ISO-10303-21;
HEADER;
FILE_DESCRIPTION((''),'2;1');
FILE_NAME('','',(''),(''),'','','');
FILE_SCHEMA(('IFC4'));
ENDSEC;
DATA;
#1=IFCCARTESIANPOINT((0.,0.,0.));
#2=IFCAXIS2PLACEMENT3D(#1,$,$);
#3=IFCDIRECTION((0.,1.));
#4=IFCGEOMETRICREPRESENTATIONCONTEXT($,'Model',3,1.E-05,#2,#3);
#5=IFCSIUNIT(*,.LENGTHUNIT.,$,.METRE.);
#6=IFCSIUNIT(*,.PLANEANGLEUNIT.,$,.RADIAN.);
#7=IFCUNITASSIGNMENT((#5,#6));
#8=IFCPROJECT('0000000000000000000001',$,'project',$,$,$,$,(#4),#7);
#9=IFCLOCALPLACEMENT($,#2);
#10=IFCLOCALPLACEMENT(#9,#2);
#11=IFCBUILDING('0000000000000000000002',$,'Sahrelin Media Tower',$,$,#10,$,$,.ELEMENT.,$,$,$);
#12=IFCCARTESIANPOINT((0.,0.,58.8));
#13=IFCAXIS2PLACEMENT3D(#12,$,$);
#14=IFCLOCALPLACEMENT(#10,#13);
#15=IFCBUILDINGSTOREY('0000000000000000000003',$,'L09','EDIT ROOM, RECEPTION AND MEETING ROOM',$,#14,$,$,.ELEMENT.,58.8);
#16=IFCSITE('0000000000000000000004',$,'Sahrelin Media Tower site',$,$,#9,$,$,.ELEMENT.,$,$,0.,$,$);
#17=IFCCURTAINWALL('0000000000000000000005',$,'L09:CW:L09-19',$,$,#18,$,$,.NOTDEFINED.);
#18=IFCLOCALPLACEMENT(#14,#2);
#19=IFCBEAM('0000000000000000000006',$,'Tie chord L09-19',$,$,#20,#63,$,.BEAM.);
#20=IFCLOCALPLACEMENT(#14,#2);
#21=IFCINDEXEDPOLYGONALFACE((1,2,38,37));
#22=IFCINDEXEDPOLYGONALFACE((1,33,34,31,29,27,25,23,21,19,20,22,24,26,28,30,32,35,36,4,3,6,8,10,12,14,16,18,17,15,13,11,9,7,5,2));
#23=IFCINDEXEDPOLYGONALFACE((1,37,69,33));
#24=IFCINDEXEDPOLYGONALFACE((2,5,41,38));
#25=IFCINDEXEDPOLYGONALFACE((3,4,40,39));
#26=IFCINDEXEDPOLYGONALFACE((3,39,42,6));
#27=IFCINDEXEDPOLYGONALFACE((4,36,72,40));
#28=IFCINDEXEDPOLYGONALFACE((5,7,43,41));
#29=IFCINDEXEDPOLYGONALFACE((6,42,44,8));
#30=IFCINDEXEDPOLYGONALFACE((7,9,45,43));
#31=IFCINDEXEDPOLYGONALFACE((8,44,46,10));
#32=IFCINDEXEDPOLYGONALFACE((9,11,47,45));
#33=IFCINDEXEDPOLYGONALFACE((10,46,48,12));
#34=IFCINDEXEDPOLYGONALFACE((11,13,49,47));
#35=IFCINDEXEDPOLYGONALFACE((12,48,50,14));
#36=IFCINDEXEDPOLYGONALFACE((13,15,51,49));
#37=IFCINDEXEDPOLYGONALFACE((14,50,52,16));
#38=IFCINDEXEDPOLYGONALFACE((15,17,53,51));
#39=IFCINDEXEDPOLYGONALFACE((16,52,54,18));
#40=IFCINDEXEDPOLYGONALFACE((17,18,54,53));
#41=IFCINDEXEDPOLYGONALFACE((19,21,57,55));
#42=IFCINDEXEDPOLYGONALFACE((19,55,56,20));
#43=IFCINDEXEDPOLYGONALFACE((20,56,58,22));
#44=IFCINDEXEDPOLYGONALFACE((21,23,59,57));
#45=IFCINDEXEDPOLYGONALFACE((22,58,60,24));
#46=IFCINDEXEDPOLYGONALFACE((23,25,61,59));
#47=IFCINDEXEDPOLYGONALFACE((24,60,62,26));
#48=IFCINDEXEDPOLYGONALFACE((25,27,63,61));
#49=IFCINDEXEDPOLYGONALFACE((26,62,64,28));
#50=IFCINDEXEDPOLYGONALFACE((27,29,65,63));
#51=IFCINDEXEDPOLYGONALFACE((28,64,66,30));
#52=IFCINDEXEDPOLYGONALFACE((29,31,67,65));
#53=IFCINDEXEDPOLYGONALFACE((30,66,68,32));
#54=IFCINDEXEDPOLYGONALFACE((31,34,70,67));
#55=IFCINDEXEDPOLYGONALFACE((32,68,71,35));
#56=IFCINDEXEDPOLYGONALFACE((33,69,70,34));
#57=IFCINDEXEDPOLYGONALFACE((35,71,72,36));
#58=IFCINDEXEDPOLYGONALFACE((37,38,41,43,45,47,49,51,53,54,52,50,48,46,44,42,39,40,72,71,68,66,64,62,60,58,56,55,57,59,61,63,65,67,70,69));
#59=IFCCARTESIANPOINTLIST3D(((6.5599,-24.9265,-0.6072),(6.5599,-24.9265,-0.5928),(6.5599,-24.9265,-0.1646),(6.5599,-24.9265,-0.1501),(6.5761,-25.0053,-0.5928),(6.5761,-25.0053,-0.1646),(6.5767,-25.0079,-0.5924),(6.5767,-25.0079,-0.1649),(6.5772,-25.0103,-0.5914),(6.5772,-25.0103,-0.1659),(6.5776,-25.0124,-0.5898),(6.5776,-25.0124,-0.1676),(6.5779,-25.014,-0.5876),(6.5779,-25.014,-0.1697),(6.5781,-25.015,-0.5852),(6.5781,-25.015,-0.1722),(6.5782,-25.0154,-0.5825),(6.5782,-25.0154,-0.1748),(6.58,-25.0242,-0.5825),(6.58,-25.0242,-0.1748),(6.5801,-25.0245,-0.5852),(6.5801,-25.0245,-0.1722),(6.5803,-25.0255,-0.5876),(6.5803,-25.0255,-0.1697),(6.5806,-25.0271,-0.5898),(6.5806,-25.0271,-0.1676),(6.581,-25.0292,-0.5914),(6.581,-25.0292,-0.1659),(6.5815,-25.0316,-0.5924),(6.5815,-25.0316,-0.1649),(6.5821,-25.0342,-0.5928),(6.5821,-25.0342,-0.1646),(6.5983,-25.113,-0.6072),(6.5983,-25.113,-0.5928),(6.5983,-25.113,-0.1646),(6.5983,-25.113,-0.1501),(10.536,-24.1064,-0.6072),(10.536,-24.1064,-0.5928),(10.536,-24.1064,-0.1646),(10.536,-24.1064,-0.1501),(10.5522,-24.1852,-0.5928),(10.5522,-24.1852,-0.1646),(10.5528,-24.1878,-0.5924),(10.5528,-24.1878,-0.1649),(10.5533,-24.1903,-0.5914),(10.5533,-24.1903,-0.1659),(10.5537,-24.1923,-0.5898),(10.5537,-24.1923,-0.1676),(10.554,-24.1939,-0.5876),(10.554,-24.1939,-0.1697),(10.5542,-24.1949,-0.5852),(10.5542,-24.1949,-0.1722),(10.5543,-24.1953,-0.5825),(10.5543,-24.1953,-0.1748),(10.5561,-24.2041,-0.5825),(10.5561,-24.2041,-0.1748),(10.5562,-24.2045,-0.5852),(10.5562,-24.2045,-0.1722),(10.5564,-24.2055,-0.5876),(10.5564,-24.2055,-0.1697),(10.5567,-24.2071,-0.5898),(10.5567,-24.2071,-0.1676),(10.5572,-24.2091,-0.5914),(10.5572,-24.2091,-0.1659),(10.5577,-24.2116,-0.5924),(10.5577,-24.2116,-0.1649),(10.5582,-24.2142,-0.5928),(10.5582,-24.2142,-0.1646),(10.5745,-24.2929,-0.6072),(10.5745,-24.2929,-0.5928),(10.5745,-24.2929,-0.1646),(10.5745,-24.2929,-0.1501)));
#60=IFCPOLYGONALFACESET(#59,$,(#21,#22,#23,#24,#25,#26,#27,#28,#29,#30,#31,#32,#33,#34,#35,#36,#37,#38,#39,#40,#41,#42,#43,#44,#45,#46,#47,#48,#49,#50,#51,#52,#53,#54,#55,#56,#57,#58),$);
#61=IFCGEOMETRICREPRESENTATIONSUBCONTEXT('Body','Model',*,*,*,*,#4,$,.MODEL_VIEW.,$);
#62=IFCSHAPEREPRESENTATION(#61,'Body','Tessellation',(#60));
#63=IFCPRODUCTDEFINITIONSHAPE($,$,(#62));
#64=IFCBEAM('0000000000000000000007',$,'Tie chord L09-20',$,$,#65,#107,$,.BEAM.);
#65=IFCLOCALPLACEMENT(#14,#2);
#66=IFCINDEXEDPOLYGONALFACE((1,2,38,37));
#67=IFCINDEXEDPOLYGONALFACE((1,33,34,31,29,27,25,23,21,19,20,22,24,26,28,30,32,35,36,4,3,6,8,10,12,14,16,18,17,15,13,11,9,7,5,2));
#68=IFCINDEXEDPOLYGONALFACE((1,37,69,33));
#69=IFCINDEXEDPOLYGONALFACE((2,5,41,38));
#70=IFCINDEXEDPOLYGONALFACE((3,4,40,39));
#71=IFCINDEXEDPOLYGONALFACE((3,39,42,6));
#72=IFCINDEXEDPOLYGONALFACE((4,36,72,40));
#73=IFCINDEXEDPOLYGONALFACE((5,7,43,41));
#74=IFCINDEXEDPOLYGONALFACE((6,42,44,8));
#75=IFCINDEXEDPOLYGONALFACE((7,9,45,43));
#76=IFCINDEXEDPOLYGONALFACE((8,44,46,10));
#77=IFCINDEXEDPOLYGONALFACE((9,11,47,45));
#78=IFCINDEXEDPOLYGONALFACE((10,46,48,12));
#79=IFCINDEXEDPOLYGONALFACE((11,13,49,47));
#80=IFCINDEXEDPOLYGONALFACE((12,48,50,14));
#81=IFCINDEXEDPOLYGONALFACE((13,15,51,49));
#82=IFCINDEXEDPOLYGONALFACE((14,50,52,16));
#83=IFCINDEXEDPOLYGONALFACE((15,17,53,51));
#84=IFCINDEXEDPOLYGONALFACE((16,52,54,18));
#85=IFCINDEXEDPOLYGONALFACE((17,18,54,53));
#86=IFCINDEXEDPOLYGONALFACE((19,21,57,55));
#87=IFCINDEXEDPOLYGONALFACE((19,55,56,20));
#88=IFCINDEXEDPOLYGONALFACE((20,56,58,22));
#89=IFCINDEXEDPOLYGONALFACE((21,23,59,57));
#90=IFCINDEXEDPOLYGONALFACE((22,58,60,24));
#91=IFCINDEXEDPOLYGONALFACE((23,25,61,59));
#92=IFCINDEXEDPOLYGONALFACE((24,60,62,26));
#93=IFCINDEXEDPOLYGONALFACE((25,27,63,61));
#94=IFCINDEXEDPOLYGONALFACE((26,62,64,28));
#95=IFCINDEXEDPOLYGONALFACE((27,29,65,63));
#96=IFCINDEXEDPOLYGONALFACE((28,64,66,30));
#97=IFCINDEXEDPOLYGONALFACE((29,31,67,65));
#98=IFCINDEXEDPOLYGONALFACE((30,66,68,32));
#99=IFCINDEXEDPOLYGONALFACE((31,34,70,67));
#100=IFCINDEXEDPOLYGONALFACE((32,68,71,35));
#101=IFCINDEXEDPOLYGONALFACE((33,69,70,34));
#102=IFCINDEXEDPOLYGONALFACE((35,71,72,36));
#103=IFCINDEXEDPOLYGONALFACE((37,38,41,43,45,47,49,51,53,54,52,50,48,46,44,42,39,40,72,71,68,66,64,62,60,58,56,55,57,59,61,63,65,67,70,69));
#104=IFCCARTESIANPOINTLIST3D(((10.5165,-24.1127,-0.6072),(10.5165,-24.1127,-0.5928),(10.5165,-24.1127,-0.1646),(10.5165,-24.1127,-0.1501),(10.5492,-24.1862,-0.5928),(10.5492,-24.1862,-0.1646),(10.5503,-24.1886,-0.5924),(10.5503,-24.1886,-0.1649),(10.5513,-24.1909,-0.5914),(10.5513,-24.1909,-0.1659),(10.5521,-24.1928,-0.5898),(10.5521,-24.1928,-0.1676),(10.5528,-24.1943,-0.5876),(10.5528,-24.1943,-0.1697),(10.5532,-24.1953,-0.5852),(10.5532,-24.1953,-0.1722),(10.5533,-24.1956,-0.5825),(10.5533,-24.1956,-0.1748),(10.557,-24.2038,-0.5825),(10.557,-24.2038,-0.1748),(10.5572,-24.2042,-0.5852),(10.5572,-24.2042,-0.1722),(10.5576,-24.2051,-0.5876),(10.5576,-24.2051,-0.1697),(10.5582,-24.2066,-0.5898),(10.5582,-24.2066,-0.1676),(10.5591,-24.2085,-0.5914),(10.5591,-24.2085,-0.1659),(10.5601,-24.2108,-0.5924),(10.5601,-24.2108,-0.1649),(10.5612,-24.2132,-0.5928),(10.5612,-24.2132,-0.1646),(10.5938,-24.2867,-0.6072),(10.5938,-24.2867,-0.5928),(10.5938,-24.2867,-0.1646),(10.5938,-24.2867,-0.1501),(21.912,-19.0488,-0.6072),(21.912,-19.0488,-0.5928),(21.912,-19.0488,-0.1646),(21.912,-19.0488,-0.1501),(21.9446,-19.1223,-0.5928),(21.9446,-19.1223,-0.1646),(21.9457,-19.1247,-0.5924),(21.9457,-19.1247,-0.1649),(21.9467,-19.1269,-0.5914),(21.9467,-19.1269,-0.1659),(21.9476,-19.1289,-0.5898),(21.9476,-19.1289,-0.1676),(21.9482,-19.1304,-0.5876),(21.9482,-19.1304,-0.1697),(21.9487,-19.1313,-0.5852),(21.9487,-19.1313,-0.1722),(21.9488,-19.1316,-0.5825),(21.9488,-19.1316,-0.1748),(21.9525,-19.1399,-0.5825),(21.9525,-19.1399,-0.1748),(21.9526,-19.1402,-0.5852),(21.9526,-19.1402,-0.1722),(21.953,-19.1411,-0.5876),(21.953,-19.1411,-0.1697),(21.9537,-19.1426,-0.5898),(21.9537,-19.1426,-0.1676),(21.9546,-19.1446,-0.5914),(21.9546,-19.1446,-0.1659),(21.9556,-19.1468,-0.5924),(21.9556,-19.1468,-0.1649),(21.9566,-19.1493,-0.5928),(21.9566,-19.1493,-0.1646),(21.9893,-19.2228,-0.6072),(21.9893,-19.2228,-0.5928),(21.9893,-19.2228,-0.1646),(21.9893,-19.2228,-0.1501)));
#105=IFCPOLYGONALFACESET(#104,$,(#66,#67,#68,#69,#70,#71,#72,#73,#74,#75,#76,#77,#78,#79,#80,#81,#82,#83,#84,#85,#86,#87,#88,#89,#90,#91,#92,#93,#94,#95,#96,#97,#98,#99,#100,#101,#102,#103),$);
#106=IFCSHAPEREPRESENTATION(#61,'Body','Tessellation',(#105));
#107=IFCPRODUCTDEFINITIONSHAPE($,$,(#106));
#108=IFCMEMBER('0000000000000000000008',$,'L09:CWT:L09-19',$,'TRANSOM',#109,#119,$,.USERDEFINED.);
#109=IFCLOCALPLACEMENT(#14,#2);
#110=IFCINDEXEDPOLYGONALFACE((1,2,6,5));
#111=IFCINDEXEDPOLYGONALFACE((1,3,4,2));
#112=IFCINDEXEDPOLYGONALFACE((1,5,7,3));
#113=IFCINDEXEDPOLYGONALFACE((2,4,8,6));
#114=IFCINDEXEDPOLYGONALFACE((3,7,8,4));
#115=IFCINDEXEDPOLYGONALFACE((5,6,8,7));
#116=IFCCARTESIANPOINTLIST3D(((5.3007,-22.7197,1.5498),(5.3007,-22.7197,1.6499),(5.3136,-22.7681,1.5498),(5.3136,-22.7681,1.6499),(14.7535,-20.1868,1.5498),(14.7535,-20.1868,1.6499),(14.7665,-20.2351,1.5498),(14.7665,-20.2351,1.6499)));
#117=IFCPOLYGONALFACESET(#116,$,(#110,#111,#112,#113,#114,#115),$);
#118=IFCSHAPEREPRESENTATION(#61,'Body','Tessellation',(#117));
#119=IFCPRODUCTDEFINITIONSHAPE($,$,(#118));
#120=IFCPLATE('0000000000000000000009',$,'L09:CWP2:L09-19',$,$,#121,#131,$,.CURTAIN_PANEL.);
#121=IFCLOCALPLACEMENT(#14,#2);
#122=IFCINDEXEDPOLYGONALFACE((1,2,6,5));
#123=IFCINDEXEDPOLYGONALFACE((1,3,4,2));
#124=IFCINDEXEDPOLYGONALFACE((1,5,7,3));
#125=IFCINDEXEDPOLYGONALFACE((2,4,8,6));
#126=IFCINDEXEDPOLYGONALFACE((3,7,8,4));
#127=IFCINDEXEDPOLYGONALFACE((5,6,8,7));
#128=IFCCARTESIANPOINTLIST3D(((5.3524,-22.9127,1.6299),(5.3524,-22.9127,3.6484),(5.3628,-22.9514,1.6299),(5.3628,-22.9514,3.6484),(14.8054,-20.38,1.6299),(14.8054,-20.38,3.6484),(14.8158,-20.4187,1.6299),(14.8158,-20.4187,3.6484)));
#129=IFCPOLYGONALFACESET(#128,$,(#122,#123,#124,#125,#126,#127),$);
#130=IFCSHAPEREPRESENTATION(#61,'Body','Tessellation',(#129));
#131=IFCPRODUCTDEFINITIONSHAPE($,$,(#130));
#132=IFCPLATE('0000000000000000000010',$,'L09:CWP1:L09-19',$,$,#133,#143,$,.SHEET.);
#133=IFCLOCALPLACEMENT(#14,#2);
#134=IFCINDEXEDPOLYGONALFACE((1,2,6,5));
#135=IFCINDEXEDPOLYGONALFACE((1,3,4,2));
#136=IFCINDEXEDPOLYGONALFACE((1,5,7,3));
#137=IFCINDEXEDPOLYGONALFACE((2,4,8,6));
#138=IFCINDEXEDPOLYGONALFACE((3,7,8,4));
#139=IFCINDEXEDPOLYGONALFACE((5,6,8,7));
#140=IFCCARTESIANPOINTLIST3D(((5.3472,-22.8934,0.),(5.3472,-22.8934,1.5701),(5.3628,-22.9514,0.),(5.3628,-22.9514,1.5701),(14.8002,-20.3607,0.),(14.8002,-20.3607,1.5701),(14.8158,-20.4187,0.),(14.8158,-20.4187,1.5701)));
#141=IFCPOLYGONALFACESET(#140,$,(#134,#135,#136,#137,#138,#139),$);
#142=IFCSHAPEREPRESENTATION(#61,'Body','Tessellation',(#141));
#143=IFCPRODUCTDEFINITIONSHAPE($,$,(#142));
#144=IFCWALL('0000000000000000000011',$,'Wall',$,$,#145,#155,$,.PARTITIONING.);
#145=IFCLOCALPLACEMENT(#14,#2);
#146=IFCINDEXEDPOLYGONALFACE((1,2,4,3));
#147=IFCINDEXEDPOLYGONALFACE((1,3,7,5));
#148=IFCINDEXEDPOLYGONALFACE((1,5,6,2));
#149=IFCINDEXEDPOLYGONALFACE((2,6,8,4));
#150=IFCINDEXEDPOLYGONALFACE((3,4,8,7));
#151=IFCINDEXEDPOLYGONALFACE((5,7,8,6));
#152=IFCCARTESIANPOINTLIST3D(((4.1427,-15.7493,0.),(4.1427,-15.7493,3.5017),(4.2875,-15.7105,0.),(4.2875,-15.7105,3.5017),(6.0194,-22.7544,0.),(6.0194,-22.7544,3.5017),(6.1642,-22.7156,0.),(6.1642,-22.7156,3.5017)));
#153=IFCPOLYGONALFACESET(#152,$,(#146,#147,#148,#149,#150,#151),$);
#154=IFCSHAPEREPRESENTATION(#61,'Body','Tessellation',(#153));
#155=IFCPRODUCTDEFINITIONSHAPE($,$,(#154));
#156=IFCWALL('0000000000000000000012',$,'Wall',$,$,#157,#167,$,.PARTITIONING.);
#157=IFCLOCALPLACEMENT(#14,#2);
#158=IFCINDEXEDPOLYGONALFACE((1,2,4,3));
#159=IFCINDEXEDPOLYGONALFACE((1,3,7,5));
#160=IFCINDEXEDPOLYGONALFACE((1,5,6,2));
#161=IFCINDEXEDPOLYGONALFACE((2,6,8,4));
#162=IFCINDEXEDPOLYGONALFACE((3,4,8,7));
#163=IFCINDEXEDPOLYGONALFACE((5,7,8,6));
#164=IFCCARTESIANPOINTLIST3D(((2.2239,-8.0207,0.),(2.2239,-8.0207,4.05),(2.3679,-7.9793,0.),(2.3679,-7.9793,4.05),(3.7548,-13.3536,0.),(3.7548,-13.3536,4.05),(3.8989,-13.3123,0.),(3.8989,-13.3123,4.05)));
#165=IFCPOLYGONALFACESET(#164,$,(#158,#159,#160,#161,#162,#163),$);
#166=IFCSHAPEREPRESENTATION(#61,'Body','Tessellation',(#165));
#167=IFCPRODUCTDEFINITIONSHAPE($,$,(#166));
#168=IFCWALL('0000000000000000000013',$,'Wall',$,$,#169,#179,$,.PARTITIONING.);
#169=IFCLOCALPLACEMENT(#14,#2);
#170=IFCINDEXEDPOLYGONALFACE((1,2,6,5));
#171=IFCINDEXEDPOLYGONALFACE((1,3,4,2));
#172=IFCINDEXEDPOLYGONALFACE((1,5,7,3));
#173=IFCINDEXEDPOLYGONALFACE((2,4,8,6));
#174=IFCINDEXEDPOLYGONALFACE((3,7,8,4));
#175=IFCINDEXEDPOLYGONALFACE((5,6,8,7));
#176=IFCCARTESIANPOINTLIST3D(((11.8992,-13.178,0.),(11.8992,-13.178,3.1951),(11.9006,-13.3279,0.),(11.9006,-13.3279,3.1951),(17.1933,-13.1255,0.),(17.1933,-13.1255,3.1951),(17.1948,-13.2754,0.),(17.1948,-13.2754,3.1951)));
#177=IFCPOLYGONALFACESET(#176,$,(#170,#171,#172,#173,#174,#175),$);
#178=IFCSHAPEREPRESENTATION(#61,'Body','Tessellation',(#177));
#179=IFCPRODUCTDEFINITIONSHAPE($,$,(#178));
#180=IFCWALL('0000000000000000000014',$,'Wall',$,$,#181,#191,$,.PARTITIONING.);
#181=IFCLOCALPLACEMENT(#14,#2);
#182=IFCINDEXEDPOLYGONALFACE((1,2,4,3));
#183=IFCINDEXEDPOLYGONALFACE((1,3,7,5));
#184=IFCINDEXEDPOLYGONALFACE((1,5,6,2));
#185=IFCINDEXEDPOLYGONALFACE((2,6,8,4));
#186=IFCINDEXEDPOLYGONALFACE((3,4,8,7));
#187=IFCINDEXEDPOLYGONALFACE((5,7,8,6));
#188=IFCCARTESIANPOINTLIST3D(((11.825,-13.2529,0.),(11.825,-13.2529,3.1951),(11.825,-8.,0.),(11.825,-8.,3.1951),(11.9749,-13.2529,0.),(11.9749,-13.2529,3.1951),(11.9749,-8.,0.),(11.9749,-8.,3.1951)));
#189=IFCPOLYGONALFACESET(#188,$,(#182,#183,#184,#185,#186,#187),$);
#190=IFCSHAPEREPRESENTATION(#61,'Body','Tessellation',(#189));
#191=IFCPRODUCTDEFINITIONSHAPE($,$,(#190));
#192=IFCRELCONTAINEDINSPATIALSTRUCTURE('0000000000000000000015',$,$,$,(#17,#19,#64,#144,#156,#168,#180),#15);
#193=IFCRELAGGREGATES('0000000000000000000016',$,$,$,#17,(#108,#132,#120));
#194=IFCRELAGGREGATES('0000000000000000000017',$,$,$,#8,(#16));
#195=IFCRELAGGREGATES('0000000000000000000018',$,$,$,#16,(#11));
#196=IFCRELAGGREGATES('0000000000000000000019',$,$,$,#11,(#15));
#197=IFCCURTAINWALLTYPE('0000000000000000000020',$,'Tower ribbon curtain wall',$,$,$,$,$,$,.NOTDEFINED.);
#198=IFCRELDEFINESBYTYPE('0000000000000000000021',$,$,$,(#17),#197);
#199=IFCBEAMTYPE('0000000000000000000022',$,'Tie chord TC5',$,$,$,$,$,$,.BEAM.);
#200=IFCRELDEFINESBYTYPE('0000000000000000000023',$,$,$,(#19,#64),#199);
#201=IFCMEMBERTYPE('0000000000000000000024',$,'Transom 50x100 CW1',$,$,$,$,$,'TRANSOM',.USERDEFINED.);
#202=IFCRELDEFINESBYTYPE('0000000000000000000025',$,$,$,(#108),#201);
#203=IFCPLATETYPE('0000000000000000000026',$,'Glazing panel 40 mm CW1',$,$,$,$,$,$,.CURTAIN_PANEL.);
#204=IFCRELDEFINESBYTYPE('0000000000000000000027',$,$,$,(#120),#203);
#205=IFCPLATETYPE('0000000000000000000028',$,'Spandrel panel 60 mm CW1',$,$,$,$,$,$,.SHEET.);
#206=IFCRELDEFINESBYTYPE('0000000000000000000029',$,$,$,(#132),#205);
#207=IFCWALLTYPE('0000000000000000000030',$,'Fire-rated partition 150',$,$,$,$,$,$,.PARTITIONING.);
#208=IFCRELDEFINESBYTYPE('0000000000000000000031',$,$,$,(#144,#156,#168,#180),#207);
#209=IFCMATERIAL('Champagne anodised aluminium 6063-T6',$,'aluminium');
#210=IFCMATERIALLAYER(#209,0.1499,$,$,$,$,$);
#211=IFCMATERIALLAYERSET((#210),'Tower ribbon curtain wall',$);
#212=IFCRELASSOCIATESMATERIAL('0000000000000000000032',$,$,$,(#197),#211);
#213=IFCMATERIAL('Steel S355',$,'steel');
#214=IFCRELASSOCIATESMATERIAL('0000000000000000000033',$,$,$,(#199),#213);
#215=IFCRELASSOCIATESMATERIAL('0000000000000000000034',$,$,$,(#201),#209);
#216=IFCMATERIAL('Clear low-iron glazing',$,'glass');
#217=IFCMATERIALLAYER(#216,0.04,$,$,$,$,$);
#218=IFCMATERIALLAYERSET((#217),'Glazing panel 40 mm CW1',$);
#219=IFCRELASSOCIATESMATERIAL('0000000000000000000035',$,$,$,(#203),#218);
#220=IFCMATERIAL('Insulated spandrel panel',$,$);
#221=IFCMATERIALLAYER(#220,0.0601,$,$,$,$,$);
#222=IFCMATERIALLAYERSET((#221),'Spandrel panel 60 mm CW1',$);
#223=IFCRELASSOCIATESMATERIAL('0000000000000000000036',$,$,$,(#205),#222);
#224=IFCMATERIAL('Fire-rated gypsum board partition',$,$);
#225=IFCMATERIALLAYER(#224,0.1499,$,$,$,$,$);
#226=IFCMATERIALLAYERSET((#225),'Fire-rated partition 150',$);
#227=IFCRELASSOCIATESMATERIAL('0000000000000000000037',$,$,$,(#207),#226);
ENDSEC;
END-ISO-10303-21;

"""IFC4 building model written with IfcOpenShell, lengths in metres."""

from ifc_helpers import new_model, si_unit, direction, frame, frame_2d, origin, origin_2d, place, context, subcontext, project, spatial, polyline, rectangle, i_section, outline, extrude, material, layer, layer_set, material_profile, profile_set, type_object, element, aggregate, save


model = new_model("IFC4")

# Units and contexts
model_context = context("Model", 3, precision=1e-05, world=origin(), true_north=direction((0.0, 1.0)))
body_context = subcontext(model_context, "Body", "Model", "MODEL_VIEW")
ifc_project = project(units=[si_unit("LENGTHUNIT", "METRE"), si_unit("PLANEANGLEUNIT", "RADIAN")], contexts=[model_context])

# Site, building, storey
site_placement = place(None, origin())
site = spatial("IfcSite", under=ifc_project, at=site_placement, Name="Sahrelin Media Tower site", CompositionType="ELEMENT", RefElevation=0.0)
building_placement = place(site_placement, origin())
building = spatial("IfcBuilding", under=site, at=building_placement, Name="Sahrelin Media Tower", CompositionType="ELEMENT")
storey_placement = place(building_placement, frame((0.0, 0.0, 58.8)))
storey = spatial("IfcBuildingStorey", under=building, at=storey_placement, Name="L09", Description="EDIT ROOM, RECEPTION AND MEETING ROOM", CompositionType="ELEMENT", Elevation=58.8)

# Shared definitions
ifc_material_1 = material(Name="Steel S355", Category="steel")

# Curtain wall
ifc_material_2 = material(Name="Champagne anodised aluminium 6063-T6", Category="aluminium")
ifc_layer_1 = layer(ifc_material_2, 0.1499)
ifc_layer_set_1 = layer_set([ifc_layer_1], Name="Tower ribbon curtain wall")
curtain_wall_type = type_object("IfcCurtainWallType", Name="Tower ribbon curtain wall", PredefinedType="NOTDEFINED", material=ifc_layer_set_1)
curtain_wall_1_placement = place(storey_placement, frame((10.084, -21.6658, 0.0), z_axis=(0.0, 0.0, 1.0), x_axis=(1.0, 0.0, 0.0)))
curtain_wall_1 = element("IfcCurtainWall", 1, at=curtain_wall_1_placement, inside=storey, type_object=curtain_wall_type, Name="L09:CW:L09-19", PredefinedType="NOTDEFINED")

# Beams
ifc_material_profile_1 = material_profile(ifc_material_1, i_section(OverallWidth=0.1904, OverallDepth=0.457, WebThickness=0.009, FlangeThickness=0.0144, FilletRadius=0.0103, at=origin_2d()), Name="UB 457x191x74")
ifc_profile_set_1 = profile_set([ifc_material_profile_1], Name="Steel S355")
beam_type_1 = type_object("IfcBeamType", Name="Tie chord TC5", PredefinedType="BEAM", material=ifc_profile_set_1)
beam_1_placement = place(storey_placement, frame((6.5791, -25.0198, -0.3787), z_axis=(0.979386, 0.201999, 0.0), x_axis=(-0.201999, 0.979386, 0.0)))
element("IfcBeam", 2, at=beam_1_placement, inside=storey, type_object=beam_type_1, Name="Tie chord L09-19", PredefinedType="BEAM", context=body_context, shape_type="SweptSolid", body=[
    extrude(i_section(OverallWidth=0.1904, OverallDepth=0.457, WebThickness=0.009, FlangeThickness=0.0144, FilletRadius=0.0103, at=origin_2d()), origin(), (0.0, 0.0, 1.0), 4.0598),
])
beam_2_placement = place(storey_placement, frame((10.5552, -24.1997, -0.3787), z_axis=(0.913833, 0.406091, 0.0), x_axis=(-0.406091, 0.913833, 0.0)))
element("IfcBeam", 3, at=beam_2_placement, inside=storey, type_object=beam_type_1, Name="Tie chord L09-20", PredefinedType="BEAM", context=body_context, shape_type="SweptSolid", body=[
    extrude(i_section(OverallWidth=0.1904, OverallDepth=0.457, WebThickness=0.009, FlangeThickness=0.0144, FilletRadius=0.0103, at=origin_2d()), origin(), (0.0, 0.0, 1.0), 12.47),
])

# Member
ifc_material_profile_2 = material_profile(ifc_material_2, rectangle(XDim=0.05, YDim=0.1001, at=origin_2d()), Name="Transom 50x100")
ifc_profile_set_2 = profile_set([ifc_material_profile_2], Name="Champagne anodised aluminium 6063-T6")
member_type_1 = type_object("IfcMemberType", Name="Transom 50x100 CW1", ElementType="TRANSOM", PredefinedType="USERDEFINED", material=ifc_profile_set_2)
member_1_placement = place(storey_placement, frame((5.3071, -22.7439, 1.5999), z_axis=(0.965924, 0.258825, 0.0), x_axis=(-0.258825, 0.965924, 0.0)))
member_1 = element("IfcMember", 4, at=member_1_placement, type_object=member_type_1, Name="L09:CWT:L09-19", ObjectType="TRANSOM", PredefinedType="USERDEFINED", context=body_context, shape_type="SweptSolid", body=[
    extrude(rectangle(XDim=0.05, YDim=0.1001, at=origin_2d()), origin(), (0.0, 0.0, 1.0), 9.7864),
])

# Plates
ifc_material_3 = material(Name="Clear low-iron glazing", Category="glass")
ifc_layer_2 = layer(ifc_material_3, 0.04)
ifc_layer_set_2 = layer_set([ifc_layer_2], Name="Glazing panel 40 mm CW1")
plate_type_1 = type_object("IfcPlateType", Name="Glazing panel 40 mm CW1", PredefinedType="CURTAIN_PANEL", material=ifc_layer_set_2)
plate_1_placement = place(storey_placement, frame((5.3628, -22.9514, 1.6299), z_axis=(0.258802, -0.96593, 0.0), x_axis=(0.96593, 0.258802, 0.0)))
plate_1 = element("IfcPlate", 5, at=plate_1_placement, type_object=plate_type_1, Name="L09:CWP2:L09-19", PredefinedType="CURTAIN_PANEL", context=body_context, shape_type="SweptSolid", body=[
    extrude(outline(polyline([(0.0, 0.0), (9.7864, 0.0), (9.7864, 2.0186), (0.0, 2.0186), (0.0, 0.0)])), origin(), (0.0, 0.0, -1.0), 0.04),
])
ifc_material_4 = material(Name="Insulated spandrel panel")
ifc_layer_3 = layer(ifc_material_4, 0.0601)
ifc_layer_set_3 = layer_set([ifc_layer_3], Name="Spandrel panel 60 mm CW1")
plate_type_2 = type_object("IfcPlateType", Name="Spandrel panel 60 mm CW1", PredefinedType="SHEET", material=ifc_layer_set_3)
plate_2_placement = place(storey_placement, frame((5.3628, -22.9514, 0.0), z_axis=(0.258802, -0.96593, 0.0), x_axis=(0.96593, 0.258802, 0.0)))
plate_2 = element("IfcPlate", 6, at=plate_2_placement, type_object=plate_type_2, Name="L09:CWP1:L09-19", PredefinedType="SHEET", context=body_context, shape_type="SweptSolid", body=[
    extrude(outline(polyline([(0.0, 0.0), (9.7864, 0.0), (9.7864, 1.5701), (0.0, 1.5701), (0.0, 0.0)])), origin(), (0.0, 0.0, -1.0), 0.0601),
])
aggregate(curtain_wall_1, [member_1, plate_2, plate_1])

# Walls
ifc_material_5 = material(Name="Fire-rated gypsum board partition")
ifc_layer_4 = layer(ifc_material_5, 0.1499)
ifc_layer_set_4 = layer_set([ifc_layer_4], Name="Fire-rated partition 150")
wall_type = type_object("IfcWallType", Name="Fire-rated partition 150", PredefinedType="PARTITIONING", material=ifc_layer_set_4)
wall_1_placement = place(storey_placement, frame((4.2151, -15.73, 0.0), z_axis=(0.0, 0.0, 1.0), x_axis=(0.258779, -0.965936, 0.0)))
element("IfcWall", 7, at=wall_1_placement, inside=storey, type_object=wall_type, Name="Wall", PredefinedType="PARTITIONING", context=body_context, shape_type="SweptSolid", body=[
    extrude(rectangle(XDim=7.2522, YDim=0.1499, at=frame_2d((3.626, 0.0))), origin(), (0.0, 0.0, 1.0), 3.5017),
])
wall_2_placement = place(storey_placement, frame((2.2959, -8.0, 0.0), z_axis=(0.0, 0.0, 1.0), x_axis=(0.275936, -0.961176, 0.0)))
element("IfcWall", 8, at=wall_2_placement, inside=storey, type_object=wall_type, Name="Wall", PredefinedType="PARTITIONING", context=body_context, shape_type="SweptSolid", body=[
    extrude(rectangle(XDim=5.5483, YDim=0.1499, at=frame_2d((2.7742, 0.0))), origin(), (0.0, 0.0, 1.0), 4.05),
])
wall_3_placement = place(storey_placement, frame((11.8999, -13.2529, 0.0), z_axis=(0.0, 0.0, 1.0), x_axis=(0.999951, 0.009914, 0.0)))
element("IfcWall", 9, at=wall_3_placement, inside=storey, type_object=wall_type, Name="Wall", PredefinedType="PARTITIONING", context=body_context, shape_type="SweptSolid", body=[
    extrude(rectangle(XDim=5.2944, YDim=0.1499, at=frame_2d((2.6472, 0.0))), origin(), (0.0, 0.0, 1.0), 3.1951),
])
wall_4_placement = place(storey_placement, frame((11.8999, -13.2529, 0.0), z_axis=(0.0, 0.0, 1.0), x_axis=(0.0, 1.0, 0.0)))
element("IfcWall", 10, at=wall_4_placement, inside=storey, type_object=wall_type, Name="Wall", PredefinedType="PARTITIONING", context=body_context, shape_type="SweptSolid", body=[
    extrude(rectangle(XDim=5.2529, YDim=0.1499, at=frame_2d((2.6265, 0.0))), origin(), (0.0, 0.0, 1.0), 3.1951),
])

save(model, "model.ifc")
